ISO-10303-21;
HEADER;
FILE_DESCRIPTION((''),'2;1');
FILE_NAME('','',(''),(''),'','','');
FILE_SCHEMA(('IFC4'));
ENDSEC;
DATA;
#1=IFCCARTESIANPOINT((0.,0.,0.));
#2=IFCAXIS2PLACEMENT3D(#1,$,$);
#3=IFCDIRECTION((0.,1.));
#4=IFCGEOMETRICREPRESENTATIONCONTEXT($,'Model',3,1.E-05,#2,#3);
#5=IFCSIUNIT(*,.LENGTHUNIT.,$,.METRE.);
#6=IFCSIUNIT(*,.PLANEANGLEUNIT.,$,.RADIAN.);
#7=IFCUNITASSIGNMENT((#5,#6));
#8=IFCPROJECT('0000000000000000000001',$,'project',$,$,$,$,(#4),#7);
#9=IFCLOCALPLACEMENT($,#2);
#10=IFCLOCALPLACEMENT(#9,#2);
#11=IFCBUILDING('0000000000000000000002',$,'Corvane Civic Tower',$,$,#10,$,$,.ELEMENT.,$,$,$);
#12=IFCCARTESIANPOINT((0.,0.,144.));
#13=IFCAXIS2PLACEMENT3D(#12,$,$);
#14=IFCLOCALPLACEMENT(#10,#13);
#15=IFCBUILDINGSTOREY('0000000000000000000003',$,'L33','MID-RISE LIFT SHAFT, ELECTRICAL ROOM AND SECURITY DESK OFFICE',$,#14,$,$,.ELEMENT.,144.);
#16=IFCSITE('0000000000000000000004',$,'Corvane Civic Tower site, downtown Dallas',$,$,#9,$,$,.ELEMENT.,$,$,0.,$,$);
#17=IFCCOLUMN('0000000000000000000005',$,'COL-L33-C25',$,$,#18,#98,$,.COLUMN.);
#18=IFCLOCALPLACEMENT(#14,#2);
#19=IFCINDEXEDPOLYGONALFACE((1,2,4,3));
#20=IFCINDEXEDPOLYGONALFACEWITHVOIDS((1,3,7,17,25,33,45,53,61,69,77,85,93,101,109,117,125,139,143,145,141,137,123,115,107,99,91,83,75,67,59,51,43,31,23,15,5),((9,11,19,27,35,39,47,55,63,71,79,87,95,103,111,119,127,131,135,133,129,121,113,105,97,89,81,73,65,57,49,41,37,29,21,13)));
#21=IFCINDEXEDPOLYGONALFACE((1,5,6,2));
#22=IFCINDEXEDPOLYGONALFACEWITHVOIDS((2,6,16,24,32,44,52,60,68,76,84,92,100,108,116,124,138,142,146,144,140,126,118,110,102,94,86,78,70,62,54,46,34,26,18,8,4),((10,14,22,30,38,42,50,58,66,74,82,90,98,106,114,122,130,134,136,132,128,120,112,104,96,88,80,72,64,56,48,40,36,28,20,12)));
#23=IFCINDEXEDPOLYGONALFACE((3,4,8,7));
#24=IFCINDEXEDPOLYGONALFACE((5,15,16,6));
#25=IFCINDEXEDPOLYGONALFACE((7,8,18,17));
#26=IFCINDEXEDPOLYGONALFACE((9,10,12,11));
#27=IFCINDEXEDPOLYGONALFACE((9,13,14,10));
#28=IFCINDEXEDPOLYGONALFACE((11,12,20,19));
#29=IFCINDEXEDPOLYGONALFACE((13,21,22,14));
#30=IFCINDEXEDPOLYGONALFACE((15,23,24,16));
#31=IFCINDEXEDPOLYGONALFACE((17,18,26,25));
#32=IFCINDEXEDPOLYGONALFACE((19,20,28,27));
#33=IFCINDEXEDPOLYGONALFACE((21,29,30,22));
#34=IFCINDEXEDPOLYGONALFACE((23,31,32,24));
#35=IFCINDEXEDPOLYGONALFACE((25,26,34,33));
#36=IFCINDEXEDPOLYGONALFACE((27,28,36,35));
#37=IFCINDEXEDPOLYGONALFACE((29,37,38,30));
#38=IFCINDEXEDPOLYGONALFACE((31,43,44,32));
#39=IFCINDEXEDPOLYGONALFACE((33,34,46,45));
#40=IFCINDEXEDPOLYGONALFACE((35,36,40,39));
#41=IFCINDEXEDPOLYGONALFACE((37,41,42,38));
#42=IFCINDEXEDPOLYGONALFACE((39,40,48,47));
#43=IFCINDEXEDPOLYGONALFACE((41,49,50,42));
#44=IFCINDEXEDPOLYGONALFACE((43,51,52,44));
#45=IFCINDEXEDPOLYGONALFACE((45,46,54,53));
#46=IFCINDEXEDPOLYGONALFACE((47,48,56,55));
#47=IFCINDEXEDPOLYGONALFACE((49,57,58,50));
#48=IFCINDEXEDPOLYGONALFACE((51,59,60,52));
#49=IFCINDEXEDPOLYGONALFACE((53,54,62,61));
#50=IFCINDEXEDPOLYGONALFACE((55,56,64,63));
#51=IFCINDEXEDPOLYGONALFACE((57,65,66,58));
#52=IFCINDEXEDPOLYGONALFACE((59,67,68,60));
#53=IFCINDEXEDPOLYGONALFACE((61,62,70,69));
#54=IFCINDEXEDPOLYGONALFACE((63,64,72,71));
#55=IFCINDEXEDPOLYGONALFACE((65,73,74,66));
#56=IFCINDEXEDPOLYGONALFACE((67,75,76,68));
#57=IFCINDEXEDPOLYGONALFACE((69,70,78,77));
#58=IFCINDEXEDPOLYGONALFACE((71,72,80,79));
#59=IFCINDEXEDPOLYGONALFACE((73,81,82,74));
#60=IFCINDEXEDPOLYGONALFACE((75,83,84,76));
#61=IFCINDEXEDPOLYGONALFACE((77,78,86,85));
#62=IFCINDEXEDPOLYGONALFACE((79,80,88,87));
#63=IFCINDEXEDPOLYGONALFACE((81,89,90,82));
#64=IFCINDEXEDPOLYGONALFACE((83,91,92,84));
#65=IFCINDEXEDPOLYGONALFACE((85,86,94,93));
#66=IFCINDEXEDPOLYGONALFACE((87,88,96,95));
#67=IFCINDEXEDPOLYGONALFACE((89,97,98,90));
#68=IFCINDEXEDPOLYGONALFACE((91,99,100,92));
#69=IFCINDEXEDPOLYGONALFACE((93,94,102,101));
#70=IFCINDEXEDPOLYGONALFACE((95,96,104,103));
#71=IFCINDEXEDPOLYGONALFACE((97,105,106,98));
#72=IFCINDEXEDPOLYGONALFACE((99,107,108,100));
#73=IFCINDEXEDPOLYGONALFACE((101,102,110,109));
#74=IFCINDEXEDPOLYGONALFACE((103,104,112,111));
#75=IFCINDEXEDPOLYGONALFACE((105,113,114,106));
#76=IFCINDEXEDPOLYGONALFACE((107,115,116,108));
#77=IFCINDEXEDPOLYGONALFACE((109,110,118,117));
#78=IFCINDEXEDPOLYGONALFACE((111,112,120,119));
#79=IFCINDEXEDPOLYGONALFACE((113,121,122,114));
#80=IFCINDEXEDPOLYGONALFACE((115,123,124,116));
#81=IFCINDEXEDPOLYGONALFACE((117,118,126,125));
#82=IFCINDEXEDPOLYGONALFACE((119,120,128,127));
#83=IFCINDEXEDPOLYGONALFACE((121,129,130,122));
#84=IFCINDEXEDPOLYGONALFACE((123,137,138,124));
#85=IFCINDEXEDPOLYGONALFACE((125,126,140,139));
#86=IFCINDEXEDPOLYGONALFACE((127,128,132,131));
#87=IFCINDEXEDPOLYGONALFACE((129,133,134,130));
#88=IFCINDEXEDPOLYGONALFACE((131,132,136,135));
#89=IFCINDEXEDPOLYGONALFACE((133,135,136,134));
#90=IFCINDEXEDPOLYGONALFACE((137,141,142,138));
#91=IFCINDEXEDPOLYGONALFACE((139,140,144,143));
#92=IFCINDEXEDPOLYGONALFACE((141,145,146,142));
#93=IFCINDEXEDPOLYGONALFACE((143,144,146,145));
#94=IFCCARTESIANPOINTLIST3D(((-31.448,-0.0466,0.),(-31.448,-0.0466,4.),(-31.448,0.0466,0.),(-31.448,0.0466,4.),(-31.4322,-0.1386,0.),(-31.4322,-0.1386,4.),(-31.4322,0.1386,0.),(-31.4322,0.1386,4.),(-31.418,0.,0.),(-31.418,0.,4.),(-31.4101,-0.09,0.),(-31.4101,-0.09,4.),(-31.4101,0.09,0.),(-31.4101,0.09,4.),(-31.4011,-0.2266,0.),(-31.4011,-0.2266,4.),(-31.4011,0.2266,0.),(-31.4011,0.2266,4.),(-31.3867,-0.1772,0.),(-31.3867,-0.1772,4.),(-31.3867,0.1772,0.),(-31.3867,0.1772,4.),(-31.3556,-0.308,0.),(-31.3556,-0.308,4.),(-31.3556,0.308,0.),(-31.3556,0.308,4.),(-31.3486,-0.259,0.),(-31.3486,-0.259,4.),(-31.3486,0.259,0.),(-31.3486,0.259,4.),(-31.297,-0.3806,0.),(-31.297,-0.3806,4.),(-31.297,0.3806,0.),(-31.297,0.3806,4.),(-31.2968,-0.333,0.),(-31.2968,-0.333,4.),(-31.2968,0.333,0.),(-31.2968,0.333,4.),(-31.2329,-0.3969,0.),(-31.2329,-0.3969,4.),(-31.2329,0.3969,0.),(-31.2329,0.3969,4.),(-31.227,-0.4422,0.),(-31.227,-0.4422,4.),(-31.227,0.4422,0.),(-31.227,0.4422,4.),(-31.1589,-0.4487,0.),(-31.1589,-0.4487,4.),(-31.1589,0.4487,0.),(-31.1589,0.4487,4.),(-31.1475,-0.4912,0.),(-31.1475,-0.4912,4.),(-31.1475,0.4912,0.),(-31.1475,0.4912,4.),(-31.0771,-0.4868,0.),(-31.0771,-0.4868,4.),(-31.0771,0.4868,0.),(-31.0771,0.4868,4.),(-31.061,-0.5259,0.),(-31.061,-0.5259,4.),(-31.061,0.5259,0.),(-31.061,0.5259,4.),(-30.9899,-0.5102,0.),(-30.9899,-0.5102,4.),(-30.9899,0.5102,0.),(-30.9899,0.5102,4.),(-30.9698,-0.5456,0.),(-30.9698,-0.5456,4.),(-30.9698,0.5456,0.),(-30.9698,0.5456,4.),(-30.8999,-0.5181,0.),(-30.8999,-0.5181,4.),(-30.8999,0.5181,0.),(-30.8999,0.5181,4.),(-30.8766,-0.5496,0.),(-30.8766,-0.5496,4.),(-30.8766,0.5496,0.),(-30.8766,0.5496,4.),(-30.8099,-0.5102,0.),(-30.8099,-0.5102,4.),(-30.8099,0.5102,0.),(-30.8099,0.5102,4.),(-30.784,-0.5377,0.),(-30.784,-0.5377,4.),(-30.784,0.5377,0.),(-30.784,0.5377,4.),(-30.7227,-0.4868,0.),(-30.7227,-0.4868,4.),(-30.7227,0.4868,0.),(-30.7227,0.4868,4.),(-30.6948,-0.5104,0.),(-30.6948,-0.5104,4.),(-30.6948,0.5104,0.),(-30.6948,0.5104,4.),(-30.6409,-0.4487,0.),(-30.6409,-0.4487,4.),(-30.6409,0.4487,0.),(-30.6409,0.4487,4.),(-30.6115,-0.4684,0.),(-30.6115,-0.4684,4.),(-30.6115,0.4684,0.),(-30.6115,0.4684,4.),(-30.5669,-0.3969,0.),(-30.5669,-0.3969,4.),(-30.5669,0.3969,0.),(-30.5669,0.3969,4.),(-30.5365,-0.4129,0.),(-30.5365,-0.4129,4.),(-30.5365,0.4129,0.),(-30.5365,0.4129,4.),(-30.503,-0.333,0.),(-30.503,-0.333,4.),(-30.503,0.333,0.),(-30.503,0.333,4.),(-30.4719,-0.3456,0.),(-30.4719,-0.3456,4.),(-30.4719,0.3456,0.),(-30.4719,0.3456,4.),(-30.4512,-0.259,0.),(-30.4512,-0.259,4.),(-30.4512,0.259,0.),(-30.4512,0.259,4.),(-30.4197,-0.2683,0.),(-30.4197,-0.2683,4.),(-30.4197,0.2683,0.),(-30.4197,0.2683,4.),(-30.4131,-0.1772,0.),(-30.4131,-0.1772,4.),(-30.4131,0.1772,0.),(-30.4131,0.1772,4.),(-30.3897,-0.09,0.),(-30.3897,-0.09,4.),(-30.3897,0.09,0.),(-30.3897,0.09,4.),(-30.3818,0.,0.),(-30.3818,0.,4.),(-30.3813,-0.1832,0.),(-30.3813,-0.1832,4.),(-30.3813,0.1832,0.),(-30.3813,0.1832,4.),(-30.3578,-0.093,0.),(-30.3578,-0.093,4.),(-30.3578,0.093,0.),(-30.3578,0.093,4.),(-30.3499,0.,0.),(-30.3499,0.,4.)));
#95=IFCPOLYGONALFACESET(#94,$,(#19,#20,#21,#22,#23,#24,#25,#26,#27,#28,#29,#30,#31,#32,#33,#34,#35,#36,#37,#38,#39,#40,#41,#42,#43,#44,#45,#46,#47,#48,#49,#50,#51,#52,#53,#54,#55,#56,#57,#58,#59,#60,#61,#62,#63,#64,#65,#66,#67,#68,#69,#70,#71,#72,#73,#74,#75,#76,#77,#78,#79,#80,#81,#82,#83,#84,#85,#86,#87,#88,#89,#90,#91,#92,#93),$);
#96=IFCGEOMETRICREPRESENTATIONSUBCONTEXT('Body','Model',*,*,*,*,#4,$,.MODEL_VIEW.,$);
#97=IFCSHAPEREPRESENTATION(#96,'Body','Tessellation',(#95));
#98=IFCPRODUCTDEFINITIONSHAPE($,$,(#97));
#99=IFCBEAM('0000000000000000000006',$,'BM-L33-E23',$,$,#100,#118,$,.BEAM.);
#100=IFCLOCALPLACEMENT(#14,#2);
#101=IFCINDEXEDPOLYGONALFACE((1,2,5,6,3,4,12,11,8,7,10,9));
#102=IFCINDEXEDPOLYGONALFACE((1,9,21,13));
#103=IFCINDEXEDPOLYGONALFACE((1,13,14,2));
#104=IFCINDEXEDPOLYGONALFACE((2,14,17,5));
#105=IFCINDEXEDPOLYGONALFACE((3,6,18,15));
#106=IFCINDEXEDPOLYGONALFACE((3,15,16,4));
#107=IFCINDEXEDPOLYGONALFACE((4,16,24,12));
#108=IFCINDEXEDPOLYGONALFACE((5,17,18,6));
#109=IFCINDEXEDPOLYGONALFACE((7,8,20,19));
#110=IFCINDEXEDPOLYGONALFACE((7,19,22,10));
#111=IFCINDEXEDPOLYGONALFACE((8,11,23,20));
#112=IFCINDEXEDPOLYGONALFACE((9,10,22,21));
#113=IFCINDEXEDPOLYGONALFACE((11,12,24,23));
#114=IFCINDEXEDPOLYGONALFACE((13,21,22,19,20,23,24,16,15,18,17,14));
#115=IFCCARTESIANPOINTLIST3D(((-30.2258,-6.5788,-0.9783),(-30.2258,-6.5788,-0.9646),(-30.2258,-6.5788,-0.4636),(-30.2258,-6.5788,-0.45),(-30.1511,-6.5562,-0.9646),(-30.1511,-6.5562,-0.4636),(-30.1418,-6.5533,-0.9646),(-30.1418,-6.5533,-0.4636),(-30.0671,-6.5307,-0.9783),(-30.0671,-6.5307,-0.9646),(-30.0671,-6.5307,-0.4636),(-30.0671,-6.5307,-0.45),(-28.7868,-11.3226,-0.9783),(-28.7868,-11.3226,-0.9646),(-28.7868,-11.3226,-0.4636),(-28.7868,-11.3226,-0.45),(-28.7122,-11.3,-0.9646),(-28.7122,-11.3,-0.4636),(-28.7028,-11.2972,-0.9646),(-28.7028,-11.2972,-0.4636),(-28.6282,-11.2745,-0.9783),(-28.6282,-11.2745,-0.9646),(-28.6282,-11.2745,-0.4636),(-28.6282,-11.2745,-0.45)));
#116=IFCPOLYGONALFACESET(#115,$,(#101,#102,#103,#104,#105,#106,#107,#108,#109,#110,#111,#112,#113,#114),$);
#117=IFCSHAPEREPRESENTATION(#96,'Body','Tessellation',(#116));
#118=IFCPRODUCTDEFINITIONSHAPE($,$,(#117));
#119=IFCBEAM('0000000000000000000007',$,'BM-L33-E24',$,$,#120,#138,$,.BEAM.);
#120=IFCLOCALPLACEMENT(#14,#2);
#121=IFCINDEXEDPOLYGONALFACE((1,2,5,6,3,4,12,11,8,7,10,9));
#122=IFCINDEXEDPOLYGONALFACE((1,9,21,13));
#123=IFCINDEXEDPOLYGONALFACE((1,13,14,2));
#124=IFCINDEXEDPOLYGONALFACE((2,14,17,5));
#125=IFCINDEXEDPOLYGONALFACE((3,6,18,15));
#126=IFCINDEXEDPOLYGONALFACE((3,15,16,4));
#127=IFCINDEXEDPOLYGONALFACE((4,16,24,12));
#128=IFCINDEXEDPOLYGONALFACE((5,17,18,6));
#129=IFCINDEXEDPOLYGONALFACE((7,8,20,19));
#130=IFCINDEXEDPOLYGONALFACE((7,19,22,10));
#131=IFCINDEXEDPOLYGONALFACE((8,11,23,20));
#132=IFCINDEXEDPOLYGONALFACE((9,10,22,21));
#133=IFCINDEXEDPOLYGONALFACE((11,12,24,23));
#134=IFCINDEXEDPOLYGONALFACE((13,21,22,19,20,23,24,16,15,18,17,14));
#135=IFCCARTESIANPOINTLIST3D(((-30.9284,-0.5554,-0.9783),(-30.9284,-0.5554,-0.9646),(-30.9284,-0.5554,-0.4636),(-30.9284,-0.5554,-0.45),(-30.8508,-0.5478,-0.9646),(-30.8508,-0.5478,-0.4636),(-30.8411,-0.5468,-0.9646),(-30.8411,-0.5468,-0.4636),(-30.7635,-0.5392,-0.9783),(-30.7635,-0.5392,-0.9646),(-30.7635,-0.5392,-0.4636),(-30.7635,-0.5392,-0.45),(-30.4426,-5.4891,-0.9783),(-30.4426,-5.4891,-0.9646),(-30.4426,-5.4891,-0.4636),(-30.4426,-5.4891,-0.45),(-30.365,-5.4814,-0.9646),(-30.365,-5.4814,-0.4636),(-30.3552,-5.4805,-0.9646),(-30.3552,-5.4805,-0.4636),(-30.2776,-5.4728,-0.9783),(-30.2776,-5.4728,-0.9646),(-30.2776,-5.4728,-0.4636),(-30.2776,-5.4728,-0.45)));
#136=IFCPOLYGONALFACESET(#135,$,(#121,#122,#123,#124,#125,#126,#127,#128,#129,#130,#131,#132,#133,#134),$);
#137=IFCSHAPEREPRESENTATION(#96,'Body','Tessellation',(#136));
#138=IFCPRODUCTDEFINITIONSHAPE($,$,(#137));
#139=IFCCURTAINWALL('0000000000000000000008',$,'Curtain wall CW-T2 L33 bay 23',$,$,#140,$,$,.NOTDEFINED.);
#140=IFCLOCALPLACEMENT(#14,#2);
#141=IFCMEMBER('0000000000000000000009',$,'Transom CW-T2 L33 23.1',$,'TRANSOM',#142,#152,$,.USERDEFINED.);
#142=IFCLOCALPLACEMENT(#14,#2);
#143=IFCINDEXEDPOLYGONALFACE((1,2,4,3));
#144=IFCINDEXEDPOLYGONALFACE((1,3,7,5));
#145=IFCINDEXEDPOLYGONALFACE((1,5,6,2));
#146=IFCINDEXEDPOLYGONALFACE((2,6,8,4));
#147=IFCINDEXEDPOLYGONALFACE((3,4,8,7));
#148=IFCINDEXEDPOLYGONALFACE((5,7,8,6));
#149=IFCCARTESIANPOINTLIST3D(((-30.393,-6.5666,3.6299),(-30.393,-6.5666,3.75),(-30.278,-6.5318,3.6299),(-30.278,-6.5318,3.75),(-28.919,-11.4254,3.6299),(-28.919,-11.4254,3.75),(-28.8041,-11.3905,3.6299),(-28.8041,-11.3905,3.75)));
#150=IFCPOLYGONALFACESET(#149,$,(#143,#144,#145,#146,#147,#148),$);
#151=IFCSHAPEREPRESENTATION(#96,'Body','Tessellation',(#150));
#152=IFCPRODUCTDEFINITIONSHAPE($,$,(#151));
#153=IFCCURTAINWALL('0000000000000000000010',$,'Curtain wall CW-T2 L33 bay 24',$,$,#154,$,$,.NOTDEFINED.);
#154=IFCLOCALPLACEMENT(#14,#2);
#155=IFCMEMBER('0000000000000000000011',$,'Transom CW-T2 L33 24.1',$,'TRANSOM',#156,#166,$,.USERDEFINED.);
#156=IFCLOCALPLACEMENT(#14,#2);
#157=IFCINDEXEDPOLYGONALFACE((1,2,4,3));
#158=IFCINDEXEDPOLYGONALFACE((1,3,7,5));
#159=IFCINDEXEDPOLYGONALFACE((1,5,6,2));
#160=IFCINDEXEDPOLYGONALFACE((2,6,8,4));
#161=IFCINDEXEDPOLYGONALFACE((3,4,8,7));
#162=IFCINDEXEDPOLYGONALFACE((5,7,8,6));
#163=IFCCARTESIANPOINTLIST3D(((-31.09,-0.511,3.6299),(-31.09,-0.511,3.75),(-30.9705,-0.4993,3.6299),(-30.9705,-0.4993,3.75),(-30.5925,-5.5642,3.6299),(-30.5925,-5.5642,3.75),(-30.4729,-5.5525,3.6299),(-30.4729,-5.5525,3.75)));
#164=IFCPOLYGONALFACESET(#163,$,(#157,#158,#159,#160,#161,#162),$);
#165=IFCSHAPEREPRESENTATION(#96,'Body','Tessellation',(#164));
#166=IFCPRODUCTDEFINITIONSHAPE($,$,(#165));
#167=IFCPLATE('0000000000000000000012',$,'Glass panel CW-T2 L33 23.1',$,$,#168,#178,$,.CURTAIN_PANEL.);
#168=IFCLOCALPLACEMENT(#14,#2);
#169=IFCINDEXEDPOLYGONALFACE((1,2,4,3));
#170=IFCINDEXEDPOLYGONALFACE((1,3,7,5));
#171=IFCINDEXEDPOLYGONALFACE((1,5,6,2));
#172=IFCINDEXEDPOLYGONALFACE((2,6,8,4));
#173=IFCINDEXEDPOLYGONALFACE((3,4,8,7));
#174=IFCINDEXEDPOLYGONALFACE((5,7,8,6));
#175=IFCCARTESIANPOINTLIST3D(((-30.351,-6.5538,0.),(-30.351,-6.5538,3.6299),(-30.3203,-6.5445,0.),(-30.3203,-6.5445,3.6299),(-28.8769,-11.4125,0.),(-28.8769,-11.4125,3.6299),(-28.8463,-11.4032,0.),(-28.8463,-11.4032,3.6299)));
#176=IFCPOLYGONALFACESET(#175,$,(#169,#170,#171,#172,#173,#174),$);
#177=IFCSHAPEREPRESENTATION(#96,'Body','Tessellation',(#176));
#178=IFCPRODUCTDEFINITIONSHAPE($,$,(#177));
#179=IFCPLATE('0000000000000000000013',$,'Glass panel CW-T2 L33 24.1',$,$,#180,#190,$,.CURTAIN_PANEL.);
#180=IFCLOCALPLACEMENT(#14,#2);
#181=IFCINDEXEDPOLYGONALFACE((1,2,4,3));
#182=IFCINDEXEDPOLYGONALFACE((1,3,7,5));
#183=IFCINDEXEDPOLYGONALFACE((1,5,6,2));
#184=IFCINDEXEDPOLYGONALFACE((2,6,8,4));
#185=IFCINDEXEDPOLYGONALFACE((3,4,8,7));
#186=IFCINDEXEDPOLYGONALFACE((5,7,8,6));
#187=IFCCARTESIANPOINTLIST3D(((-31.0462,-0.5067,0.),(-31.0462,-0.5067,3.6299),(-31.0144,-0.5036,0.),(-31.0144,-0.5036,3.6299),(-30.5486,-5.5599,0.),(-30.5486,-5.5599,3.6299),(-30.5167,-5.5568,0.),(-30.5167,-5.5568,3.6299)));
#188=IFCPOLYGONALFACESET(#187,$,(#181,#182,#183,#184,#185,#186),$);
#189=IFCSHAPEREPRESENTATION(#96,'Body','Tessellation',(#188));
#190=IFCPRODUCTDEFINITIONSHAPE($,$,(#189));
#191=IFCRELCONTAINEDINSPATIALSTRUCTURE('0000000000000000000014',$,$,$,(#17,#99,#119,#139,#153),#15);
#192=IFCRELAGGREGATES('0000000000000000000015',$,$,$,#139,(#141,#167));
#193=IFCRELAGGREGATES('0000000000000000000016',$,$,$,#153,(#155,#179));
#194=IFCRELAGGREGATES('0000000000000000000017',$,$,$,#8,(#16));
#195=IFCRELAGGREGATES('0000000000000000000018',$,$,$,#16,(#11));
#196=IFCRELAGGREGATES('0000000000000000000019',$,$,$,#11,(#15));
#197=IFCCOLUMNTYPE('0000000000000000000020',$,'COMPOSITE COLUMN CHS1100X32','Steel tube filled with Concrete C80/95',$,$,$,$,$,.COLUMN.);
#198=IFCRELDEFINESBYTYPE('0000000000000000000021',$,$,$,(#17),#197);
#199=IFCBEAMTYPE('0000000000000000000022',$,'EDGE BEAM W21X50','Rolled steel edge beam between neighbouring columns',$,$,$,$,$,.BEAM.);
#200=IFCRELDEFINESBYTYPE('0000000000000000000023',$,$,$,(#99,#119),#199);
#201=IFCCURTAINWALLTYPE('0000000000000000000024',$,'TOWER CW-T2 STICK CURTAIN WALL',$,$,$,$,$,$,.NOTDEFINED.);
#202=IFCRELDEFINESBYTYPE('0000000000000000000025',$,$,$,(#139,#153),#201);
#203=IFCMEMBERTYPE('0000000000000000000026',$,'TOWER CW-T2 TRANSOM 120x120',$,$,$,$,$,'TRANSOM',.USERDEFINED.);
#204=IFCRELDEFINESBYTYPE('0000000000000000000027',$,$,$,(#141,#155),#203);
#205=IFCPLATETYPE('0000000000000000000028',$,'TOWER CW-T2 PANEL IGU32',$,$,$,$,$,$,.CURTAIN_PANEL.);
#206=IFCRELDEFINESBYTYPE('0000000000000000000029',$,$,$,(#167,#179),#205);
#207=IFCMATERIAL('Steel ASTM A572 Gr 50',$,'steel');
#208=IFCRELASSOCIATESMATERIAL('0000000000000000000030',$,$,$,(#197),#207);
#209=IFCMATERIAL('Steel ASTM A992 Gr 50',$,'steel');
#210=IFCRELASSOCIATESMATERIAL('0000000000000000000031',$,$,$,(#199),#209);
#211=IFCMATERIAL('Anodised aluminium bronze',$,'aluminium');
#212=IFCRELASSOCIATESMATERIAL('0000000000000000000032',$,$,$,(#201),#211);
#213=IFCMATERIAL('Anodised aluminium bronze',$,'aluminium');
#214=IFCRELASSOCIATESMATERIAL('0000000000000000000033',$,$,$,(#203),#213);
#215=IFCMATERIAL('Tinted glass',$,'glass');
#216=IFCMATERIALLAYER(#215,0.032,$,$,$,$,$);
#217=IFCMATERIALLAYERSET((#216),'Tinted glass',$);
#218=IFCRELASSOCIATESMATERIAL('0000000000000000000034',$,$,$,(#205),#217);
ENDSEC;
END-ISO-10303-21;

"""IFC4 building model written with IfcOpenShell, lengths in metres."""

from ifc_helpers import new_model, si_unit, direction, frame, origin, origin_2d, place, context, subcontext, project, spatial, rectangle, hollow_circle, i_section, extrude, material, layer, layer_set, material_profile, profile_set, type_object, element, aggregate, save


model = new_model("IFC4")

# Units and contexts
model_context = context("Model", 3, precision=1e-05, world=origin(), true_north=direction((0.0, 1.0)))
body_context = subcontext(model_context, "Body", "Model", "MODEL_VIEW")
ifc_project = project(units=[si_unit("LENGTHUNIT", "METRE"), si_unit("PLANEANGLEUNIT", "RADIAN")], contexts=[model_context])

# Site, building, storey
site_placement = place(None, origin())
site = spatial("IfcSite", under=ifc_project, at=site_placement, Name="Corvane Civic Tower site, downtown Dallas", CompositionType="ELEMENT", RefElevation=0.0)
building_placement = place(site_placement, origin())
building = spatial("IfcBuilding", under=site, at=building_placement, Name="Corvane Civic Tower", CompositionType="ELEMENT")
storey_placement = place(building_placement, frame((0.0, 0.0, 144.0)))
storey = spatial("IfcBuildingStorey", under=building, at=storey_placement, Name="L33", Description="MID-RISE LIFT SHAFT, ELECTRICAL ROOM AND SECURITY DESK OFFICE", CompositionType="ELEMENT", Elevation=144.0)

# Column
ifc_material_1 = material(Name="Steel ASTM A572 Gr 50", Category="steel")
ifc_material_profile_1 = material_profile(ifc_material_1, hollow_circle(Radius=0.55, WallThickness=0.032, at=origin_2d()), Name="CHS1100X32")
ifc_profile_set_1 = profile_set([ifc_material_profile_1], Name="Steel ASTM A572 Gr 50")
column_type = type_object("IfcColumnType", Name="COMPOSITE COLUMN CHS1100X32", Description="Steel tube filled with Concrete C80/95", PredefinedType="COLUMN", material=ifc_profile_set_1)
for number, where, z_axis, x_axis, name in (
    (1, (-30.8999, 0.0, 0.0), (0.0, 0.0, 1.0), (1.0, 0.0, 0.0), "COL-L33-C25"),
):
    element("IfcColumn", number, at=place(storey_placement, frame(where, z_axis=z_axis, x_axis=x_axis)), inside=storey, type_object=column_type, Name=name, PredefinedType="COLUMN", context=body_context, shape_type="SweptSolid", body=[
        extrude(hollow_circle(Radius=0.55, WallThickness=0.032, at=origin_2d()), origin(), (0.0, 0.0, 1.0), 4.0),
    ])

# Beams
ifc_material_2 = material(Name="Steel ASTM A992 Gr 50", Category="steel")
ifc_material_profile_2 = material_profile(ifc_material_2, i_section(OverallWidth=0.1658, OverallDepth=0.5283, WebThickness=0.0098, FlangeThickness=0.0137, at=origin_2d()), Name="W21X50")
ifc_profile_set_2 = profile_set([ifc_material_profile_2], Name="Steel ASTM A992 Gr 50")
beam_type = type_object("IfcBeamType", Name="EDGE BEAM W21X50", Description="Rolled steel edge beam between neighbouring columns", PredefinedType="BEAM", material=ifc_profile_set_2)
beam_1_placement = place(storey_placement, frame((-28.7075, -11.2986, -0.7141), z_axis=(-0.29027, 0.956945, 0.0), x_axis=(-0.956945, -0.29027, 0.0)))
element("IfcBeam", 2, at=beam_1_placement, inside=storey, type_object=beam_type, Name="BM-L33-E23", PredefinedType="BEAM", context=body_context, shape_type="SweptSolid", body=[
    extrude(i_section(OverallWidth=0.1658, OverallDepth=0.5283, WebThickness=0.0098, FlangeThickness=0.0137, at=origin_2d()), origin(), (0.0, 0.0, 1.0), 4.9573),
])
beam_2_placement = place(storey_placement, frame((-30.3601, -5.481, -0.7141), z_axis=(-0.098002, 0.995186, 0.0), x_axis=(-0.995186, -0.098002, 0.0)))
element("IfcBeam", 3, at=beam_2_placement, inside=storey, type_object=beam_type, Name="BM-L33-E24", PredefinedType="BEAM", context=body_context, shape_type="SweptSolid", body=[
    extrude(i_section(OverallWidth=0.1658, OverallDepth=0.5283, WebThickness=0.0098, FlangeThickness=0.0137, at=origin_2d()), origin(), (0.0, 0.0, 1.0), 4.9575),
])

# Curtain walls, members
ifc_material_3 = material(Name="Anodised aluminium bronze", Category="aluminium")
curtain_wall_type = type_object("IfcCurtainWallType", Name="TOWER CW-T2 STICK CURTAIN WALL", PredefinedType="NOTDEFINED", material=ifc_material_3)
curtain_wall_1_placement = place(storey_placement, origin())
curtain_wall_1 = element("IfcCurtainWall", 4, at=curtain_wall_1_placement, inside=storey, type_object=curtain_wall_type, Name="Curtain wall CW-T2 L33 bay 23", PredefinedType="NOTDEFINED")
ifc_material_4 = material(Name="Anodised aluminium bronze", Category="aluminium")
ifc_material_profile_3 = material_profile(ifc_material_4, rectangle(XDim=0.1201, YDim=0.1201, at=origin_2d()), Name="TOWER CW-T2 TRANSOM 120x120")
ifc_profile_set_3 = profile_set([ifc_material_profile_3], Name="Anodised aluminium bronze")
member_type = type_object("IfcMemberType", Name="TOWER CW-T2 TRANSOM 120x120", ElementType="TRANSOM", PredefinedType="USERDEFINED", material=ifc_profile_set_3)
member_1_placement = place(storey_placement, frame((-28.8616, -11.408, 3.6899), z_axis=(-0.290289, 0.956939, 0.0), x_axis=(-0.956939, -0.290289, 0.0)))
member_1 = element("IfcMember", 5, at=member_1_placement, type_object=member_type, Name="Transom CW-T2 L33 23.1", ObjectType="TRANSOM", PredefinedType="USERDEFINED", context=body_context, shape_type="SweptSolid", body=[
    extrude(rectangle(XDim=0.1201, YDim=0.1201, at=origin_2d()), origin(), (0.0, 0.0, 1.0), 5.0774),
])
curtain_wall_2_placement = place(storey_placement, origin())
curtain_wall_2 = element("IfcCurtainWall", 6, at=curtain_wall_2_placement, inside=storey, type_object=curtain_wall_type, Name="Curtain wall CW-T2 L33 bay 24", PredefinedType="NOTDEFINED")
member_2_placement = place(storey_placement, frame((-30.5327, -5.5583, 3.6899), z_axis=(-0.09799, 0.995187, 0.0), x_axis=(-0.995187, -0.09799, 0.0)))
member_2 = element("IfcMember", 7, at=member_2_placement, type_object=member_type, Name="Transom CW-T2 L33 24.1", ObjectType="TRANSOM", PredefinedType="USERDEFINED", context=body_context, shape_type="SweptSolid", body=[
    extrude(rectangle(XDim=0.1201, YDim=0.1201, at=origin_2d()), origin(), (0.0, 0.0, 1.0), 5.0776),
])

# Plates
ifc_material_5 = material(Name="Tinted glass", Category="glass")
ifc_layer_1 = layer(ifc_material_5, 0.032)
ifc_layer_set_1 = layer_set([ifc_layer_1], Name="Tinted glass")
plate_type = type_object("IfcPlateType", Name="TOWER CW-T2 PANEL IGU32", PredefinedType="CURTAIN_PANEL", material=ifc_layer_set_1)
plate_1_placement = place(storey_placement, frame((-29.5986, -8.9785, 0.0), z_axis=(0.0, 0.0, 1.0), x_axis=(-0.290313, 0.956932, 0.0)))
plate_1 = element("IfcPlate", 8, at=plate_1_placement, type_object=plate_type, Name="Glass panel CW-T2 L33 23.1", PredefinedType="CURTAIN_PANEL", context=body_context, shape_type="SweptSolid", body=[
    extrude(rectangle(XDim=5.0774, YDim=0.032, at=origin_2d()), origin(), (0.0, 0.0, 1.0), 3.6299),
])
aggregate(curtain_wall_1, [member_1, plate_1])
plate_2_placement = place(storey_placement, frame((-30.7815, -3.0317, 0.0), z_axis=(0.0, 0.0, 1.0), x_axis=(-0.098012, 0.995185, 0.0)))
plate_2 = element("IfcPlate", 9, at=plate_2_placement, type_object=plate_type, Name="Glass panel CW-T2 L33 24.1", PredefinedType="CURTAIN_PANEL", context=body_context, shape_type="SweptSolid", body=[
    extrude(rectangle(XDim=5.0776, YDim=0.032, at=origin_2d()), origin(), (0.0, 0.0, 1.0), 3.6299),
])
aggregate(curtain_wall_2, [member_2, plate_2])

save(model, "model.ifc")
